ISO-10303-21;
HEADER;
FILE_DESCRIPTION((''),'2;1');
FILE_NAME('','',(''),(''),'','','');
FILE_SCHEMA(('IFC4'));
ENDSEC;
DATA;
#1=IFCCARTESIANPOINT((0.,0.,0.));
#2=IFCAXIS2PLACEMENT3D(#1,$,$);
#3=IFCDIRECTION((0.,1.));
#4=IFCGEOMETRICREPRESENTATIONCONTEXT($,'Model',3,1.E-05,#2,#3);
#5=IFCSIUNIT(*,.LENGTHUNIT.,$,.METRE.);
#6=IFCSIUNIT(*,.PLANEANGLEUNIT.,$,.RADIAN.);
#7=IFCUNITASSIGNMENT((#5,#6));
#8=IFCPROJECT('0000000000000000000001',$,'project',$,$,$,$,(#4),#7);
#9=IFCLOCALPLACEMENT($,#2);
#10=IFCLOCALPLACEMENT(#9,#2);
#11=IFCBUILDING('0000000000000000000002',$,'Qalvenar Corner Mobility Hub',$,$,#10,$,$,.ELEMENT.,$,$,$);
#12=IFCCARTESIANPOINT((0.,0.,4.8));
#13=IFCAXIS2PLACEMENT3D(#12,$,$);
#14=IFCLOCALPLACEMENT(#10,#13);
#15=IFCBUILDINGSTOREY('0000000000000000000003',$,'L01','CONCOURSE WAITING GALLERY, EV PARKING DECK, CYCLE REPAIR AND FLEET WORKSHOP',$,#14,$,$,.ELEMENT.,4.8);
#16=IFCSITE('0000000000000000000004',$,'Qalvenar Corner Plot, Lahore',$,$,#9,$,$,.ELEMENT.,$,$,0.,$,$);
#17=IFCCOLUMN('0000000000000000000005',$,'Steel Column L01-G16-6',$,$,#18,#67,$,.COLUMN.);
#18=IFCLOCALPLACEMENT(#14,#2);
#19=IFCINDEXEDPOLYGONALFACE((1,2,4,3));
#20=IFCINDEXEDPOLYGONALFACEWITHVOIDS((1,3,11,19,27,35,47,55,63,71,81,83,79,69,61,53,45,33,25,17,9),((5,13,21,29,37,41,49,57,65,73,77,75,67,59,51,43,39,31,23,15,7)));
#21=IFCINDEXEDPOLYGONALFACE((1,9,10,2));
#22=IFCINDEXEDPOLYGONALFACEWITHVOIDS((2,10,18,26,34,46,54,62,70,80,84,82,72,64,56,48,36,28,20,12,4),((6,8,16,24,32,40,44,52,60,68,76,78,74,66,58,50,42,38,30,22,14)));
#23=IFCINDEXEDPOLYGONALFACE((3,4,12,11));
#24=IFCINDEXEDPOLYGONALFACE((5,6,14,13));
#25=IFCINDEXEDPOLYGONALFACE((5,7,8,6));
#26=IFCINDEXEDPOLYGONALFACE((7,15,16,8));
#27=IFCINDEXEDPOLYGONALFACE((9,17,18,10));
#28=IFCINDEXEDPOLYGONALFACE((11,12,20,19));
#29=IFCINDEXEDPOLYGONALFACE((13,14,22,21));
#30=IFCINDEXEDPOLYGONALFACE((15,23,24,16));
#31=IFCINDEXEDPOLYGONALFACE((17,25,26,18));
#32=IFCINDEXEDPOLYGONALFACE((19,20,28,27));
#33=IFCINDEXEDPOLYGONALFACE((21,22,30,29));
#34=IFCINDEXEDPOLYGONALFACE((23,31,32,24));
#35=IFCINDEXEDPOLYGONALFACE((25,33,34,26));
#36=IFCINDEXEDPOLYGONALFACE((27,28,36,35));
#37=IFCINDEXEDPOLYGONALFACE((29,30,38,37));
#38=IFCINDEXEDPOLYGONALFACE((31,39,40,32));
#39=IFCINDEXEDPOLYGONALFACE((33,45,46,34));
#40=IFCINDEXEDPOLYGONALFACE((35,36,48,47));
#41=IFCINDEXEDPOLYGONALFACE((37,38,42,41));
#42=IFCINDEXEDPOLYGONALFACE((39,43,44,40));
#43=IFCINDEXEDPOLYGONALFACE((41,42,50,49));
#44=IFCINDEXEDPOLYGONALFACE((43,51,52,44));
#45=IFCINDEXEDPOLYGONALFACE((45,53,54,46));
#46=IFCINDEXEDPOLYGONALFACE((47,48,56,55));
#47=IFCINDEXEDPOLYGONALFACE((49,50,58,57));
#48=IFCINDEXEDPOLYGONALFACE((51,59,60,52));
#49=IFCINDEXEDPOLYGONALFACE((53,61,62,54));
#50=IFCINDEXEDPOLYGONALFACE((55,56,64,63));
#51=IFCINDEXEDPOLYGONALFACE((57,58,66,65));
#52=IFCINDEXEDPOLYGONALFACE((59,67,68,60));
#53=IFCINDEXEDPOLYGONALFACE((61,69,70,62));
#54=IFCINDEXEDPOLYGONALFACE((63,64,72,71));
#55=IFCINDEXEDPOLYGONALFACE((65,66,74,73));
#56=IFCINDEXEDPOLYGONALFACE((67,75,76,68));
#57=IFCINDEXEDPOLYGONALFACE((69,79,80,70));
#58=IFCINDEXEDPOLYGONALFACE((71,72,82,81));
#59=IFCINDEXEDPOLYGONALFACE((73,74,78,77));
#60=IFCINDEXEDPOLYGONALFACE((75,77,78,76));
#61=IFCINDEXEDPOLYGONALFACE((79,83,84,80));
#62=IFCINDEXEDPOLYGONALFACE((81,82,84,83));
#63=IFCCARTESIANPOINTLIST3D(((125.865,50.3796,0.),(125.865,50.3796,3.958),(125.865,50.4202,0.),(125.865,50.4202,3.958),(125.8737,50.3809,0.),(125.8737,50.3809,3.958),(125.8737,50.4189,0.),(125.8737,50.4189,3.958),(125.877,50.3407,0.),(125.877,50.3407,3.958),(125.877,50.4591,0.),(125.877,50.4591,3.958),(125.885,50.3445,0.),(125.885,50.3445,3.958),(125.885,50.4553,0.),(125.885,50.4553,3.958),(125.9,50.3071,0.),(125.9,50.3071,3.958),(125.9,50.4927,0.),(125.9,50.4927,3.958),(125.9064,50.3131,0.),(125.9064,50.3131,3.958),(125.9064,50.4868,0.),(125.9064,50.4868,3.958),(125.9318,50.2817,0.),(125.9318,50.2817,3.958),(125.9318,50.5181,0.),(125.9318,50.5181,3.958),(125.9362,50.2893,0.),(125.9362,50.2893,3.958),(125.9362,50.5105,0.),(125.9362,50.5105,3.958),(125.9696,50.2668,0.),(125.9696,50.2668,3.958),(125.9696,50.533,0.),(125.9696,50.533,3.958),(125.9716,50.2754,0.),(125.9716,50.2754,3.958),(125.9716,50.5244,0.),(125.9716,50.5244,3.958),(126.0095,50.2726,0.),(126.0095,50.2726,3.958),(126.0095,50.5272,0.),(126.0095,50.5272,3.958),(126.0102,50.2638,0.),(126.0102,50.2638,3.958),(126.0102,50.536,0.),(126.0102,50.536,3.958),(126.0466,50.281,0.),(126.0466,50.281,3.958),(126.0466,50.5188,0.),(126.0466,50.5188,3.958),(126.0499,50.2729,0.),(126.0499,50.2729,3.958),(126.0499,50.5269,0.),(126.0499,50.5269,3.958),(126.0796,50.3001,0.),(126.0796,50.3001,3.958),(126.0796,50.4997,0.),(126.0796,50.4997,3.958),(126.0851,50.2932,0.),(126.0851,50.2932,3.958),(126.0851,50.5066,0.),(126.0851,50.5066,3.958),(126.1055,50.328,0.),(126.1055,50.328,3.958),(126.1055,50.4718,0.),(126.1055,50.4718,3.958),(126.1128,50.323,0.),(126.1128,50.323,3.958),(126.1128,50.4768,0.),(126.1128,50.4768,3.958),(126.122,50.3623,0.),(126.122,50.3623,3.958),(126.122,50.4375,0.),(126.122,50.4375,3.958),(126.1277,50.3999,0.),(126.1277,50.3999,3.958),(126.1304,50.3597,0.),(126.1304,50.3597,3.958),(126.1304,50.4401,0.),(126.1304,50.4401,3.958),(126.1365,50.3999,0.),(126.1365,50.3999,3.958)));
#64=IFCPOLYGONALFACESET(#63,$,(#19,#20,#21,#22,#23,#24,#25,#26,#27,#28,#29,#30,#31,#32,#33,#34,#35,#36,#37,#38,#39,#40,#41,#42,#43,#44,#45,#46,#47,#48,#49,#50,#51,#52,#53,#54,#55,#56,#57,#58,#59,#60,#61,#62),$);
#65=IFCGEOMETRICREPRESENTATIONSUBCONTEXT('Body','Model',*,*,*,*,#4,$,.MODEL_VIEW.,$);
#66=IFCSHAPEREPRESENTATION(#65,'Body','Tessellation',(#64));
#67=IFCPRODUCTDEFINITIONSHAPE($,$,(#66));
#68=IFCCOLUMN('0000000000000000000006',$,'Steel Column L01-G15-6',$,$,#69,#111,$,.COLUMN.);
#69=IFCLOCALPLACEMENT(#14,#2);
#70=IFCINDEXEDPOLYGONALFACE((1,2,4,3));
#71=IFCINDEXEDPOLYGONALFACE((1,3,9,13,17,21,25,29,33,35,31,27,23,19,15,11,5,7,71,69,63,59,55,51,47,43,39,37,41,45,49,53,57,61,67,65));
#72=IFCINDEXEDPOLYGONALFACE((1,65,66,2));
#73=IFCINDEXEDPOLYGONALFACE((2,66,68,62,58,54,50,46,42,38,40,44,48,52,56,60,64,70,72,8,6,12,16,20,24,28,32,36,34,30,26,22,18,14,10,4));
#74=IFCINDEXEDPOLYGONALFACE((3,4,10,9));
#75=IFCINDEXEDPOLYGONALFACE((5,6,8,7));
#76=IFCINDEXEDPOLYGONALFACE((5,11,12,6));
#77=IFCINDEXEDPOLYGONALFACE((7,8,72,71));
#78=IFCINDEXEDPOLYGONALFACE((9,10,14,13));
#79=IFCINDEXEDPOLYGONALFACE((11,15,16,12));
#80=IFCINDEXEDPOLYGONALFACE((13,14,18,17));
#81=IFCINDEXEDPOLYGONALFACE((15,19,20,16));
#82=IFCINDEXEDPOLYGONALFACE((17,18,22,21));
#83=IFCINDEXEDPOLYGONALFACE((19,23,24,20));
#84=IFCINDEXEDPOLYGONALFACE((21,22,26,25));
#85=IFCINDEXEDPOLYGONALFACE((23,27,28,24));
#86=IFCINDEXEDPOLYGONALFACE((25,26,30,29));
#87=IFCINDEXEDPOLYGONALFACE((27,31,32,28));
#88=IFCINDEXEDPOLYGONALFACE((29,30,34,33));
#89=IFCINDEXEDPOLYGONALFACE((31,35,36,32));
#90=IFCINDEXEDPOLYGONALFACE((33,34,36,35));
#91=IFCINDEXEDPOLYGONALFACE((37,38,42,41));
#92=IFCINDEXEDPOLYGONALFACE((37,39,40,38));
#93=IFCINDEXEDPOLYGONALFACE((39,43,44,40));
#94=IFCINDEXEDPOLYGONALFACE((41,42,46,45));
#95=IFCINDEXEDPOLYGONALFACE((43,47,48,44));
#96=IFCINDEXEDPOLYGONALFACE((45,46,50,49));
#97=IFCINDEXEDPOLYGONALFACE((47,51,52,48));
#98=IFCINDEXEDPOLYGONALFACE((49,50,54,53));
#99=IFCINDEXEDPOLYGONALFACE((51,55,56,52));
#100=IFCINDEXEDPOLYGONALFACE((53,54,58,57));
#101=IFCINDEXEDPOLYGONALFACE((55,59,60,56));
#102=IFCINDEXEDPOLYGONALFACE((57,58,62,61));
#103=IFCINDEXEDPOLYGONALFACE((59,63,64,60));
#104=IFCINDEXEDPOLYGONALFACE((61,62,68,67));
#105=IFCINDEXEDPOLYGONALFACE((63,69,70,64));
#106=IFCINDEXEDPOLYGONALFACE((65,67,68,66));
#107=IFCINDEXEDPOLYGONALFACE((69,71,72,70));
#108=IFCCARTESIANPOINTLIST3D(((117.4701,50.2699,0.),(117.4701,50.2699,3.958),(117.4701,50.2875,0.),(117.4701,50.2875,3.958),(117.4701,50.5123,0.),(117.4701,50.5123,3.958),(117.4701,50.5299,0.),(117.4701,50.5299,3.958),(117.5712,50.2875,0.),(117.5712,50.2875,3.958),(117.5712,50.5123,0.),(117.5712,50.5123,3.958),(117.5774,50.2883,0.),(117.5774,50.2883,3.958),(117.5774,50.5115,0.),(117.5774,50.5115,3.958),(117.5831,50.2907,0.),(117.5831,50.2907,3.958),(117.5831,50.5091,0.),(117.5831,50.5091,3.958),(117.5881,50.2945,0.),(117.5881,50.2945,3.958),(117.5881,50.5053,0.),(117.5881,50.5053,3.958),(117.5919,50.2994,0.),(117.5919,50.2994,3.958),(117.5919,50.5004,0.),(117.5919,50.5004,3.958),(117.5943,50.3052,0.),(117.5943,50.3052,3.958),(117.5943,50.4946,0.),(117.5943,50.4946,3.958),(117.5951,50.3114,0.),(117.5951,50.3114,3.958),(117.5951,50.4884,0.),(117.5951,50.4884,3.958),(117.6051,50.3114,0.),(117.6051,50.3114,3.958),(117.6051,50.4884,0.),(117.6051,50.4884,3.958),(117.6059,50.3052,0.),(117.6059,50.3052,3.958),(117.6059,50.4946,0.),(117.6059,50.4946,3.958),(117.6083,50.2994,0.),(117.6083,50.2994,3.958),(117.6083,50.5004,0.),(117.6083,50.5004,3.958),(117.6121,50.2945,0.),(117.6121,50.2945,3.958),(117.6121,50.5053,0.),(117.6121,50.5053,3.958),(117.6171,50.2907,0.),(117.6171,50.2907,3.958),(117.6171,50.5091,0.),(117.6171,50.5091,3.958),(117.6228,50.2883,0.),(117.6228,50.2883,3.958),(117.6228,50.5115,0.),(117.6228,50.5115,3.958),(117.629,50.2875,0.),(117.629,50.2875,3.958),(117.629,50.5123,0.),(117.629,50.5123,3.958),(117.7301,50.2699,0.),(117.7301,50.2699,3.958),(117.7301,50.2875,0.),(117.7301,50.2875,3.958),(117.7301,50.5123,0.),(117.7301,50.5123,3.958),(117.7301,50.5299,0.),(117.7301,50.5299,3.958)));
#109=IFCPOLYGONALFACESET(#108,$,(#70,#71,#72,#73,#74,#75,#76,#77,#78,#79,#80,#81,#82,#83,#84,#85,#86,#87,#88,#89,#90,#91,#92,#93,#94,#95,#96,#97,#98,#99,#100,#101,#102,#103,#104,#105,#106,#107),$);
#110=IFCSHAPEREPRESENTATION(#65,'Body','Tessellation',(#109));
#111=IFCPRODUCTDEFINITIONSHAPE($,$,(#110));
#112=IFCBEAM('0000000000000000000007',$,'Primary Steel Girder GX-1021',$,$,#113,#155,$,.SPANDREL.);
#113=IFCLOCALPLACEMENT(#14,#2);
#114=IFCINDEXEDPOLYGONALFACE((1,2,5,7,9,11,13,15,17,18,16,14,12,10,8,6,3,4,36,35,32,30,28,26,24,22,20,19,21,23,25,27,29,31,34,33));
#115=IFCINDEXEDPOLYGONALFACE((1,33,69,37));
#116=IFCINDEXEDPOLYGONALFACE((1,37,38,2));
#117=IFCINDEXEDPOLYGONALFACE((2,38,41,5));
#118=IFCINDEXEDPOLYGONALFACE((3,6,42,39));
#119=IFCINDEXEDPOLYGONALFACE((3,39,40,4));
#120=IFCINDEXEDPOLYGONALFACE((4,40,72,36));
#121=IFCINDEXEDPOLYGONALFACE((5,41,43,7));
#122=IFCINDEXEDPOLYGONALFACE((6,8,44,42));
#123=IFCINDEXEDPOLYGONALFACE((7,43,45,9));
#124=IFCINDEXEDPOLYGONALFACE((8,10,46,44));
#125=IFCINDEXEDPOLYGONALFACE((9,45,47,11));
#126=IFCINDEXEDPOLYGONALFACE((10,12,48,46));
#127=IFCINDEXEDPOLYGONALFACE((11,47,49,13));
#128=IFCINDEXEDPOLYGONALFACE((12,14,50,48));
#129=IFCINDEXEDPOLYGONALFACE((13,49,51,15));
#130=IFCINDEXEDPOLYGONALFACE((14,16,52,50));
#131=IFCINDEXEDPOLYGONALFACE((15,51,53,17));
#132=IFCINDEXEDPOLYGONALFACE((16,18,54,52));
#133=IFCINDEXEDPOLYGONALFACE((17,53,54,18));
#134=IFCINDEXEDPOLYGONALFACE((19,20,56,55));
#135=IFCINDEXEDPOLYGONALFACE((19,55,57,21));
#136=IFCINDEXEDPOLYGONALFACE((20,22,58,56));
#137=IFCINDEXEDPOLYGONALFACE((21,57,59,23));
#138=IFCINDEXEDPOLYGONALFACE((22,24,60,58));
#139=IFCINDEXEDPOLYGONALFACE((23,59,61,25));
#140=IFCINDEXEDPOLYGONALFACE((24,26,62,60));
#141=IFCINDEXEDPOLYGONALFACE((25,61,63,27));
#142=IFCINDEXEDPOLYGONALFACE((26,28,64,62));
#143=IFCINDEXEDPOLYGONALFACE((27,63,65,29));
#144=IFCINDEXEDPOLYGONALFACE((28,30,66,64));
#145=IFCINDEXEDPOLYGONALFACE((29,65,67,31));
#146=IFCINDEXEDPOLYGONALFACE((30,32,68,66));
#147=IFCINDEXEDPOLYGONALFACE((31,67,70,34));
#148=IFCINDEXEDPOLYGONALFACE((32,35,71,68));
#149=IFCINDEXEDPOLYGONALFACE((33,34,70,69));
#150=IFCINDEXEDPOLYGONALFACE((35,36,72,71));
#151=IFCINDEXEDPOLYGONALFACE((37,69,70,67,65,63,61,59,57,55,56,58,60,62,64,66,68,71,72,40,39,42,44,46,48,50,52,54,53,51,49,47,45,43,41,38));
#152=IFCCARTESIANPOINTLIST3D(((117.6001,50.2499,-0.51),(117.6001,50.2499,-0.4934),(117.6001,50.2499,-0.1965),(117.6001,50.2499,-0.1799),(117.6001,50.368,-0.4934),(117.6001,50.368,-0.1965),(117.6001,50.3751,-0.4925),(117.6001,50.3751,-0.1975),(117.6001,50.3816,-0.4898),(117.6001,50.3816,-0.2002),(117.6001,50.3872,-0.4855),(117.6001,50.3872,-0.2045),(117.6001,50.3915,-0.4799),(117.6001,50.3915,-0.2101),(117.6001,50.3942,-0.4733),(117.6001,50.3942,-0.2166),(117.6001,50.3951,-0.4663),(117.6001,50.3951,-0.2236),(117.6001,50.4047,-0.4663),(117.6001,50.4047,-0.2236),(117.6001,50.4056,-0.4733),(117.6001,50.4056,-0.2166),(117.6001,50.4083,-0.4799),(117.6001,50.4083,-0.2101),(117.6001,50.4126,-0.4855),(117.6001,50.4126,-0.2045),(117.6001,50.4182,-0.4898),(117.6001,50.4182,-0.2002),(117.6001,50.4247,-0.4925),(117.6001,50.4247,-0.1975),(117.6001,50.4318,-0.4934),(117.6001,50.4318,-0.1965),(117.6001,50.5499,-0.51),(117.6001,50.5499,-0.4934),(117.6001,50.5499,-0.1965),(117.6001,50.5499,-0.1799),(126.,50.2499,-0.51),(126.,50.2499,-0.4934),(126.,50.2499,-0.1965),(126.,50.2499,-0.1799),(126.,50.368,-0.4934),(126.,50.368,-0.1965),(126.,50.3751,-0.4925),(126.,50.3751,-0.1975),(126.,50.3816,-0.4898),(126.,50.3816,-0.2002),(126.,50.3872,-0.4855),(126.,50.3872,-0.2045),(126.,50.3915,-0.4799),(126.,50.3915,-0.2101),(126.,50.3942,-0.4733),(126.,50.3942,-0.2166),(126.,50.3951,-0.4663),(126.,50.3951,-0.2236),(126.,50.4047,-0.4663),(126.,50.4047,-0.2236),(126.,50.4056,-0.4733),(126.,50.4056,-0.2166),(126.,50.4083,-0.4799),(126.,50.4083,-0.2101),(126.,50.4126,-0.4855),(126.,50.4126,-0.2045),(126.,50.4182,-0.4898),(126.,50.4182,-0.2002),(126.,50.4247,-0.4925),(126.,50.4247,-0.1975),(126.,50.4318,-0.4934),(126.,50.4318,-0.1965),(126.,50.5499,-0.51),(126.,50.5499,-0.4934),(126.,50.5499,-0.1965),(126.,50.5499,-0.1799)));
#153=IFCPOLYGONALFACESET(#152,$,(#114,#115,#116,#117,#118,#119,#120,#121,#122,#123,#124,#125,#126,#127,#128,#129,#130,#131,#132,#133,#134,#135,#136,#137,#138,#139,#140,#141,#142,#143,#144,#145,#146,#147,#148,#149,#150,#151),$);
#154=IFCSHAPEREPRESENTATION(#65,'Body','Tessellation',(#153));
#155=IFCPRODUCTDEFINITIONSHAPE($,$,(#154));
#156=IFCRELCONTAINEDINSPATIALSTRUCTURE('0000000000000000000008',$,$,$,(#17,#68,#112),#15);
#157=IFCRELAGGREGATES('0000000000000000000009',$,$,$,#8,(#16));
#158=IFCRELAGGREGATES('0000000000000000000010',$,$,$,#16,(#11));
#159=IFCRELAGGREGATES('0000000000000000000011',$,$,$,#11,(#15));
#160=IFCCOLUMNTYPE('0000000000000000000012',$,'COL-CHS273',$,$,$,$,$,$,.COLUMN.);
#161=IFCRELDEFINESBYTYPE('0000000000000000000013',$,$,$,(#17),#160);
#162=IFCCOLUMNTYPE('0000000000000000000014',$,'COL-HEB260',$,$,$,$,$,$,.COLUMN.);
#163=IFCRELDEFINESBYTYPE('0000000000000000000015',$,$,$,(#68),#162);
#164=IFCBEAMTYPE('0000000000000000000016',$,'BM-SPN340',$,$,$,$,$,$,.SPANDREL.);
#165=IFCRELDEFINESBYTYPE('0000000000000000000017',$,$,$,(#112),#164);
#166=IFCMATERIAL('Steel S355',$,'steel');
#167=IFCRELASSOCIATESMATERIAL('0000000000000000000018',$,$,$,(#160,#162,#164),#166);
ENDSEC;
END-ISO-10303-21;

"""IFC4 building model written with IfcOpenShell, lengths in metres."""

from ifc_helpers import new_model, si_unit, direction, frame, origin, origin_2d, place, context, subcontext, project, spatial, hollow_circle, i_section, extrude, material, material_profile, profile_set, type_object, element, save


model = new_model("IFC4")

# Units and contexts
model_context = context("Model", 3, precision=1e-05, world=origin(), true_north=direction((0.0, 1.0)))
body_context = subcontext(model_context, "Body", "Model", "MODEL_VIEW")
ifc_project = project(units=[si_unit("LENGTHUNIT", "METRE"), si_unit("PLANEANGLEUNIT", "RADIAN")], contexts=[model_context])

# Site, building, storey
site_placement = place(None, origin())
site = spatial("IfcSite", under=ifc_project, at=site_placement, Name="Qalvenar Corner Plot, Lahore", CompositionType="ELEMENT", RefElevation=0.0)
building_placement = place(site_placement, origin())
building = spatial("IfcBuilding", under=site, at=building_placement, Name="Qalvenar Corner Mobility Hub", CompositionType="ELEMENT")
storey_placement = place(building_placement, frame((0.0, 0.0, 4.8)))
storey = spatial("IfcBuildingStorey", under=building, at=storey_placement, Name="L01", Description="CONCOURSE WAITING GALLERY, EV PARKING DECK, CYCLE REPAIR AND FLEET WORKSHOP", CompositionType="ELEMENT", Elevation=4.8)

# Columns
ifc_material_1 = material(Name="Steel S355", Category="steel")
ifc_material_profile_1 = material_profile(ifc_material_1, hollow_circle(Radius=0.1365, WallThickness=0.0088, at=origin_2d()), Name="CHS273x8.8")
ifc_profile_set_1 = profile_set([ifc_material_profile_1], Name="Steel S355")
column_type_1 = type_object("IfcColumnType", Name="COL-CHS273", PredefinedType="COLUMN", material=ifc_profile_set_1)
column_1_placement = place(storey_placement, frame((126.0, 50.3999, 0.0), z_axis=(0.0, 0.0, 1.0), x_axis=(1.0, 0.0, 0.0)))
element("IfcColumn", 1, at=column_1_placement, inside=storey, type_object=column_type_1, Name="Steel Column L01-G16-6", PredefinedType="COLUMN", context=body_context, shape_type="SweptSolid", body=[
    extrude(hollow_circle(Radius=0.1365, WallThickness=0.0088, at=origin_2d()), origin(), (0.0, 0.0, 1.0), 3.958),
])
ifc_material_profile_2 = material_profile(ifc_material_1, i_section(OverallWidth=0.26, OverallDepth=0.26, WebThickness=0.01, FlangeThickness=0.0176, FilletRadius=0.0239, at=origin_2d()), Name="HEB260")
ifc_profile_set_2 = profile_set([ifc_material_profile_2], Name="Steel S355")
column_type_2 = type_object("IfcColumnType", Name="COL-HEB260", PredefinedType="COLUMN", material=ifc_profile_set_2)
column_2_placement = place(storey_placement, frame((117.6001, 50.3999, 0.0), z_axis=(0.0, 0.0, 1.0), x_axis=(1.0, 0.0, 0.0)))
element("IfcColumn", 2, at=column_2_placement, inside=storey, type_object=column_type_2, Name="Steel Column L01-G15-6", PredefinedType="COLUMN", context=body_context, shape_type="SweptSolid", body=[
    extrude(i_section(OverallWidth=0.26, OverallDepth=0.26, WebThickness=0.01, FlangeThickness=0.0176, FilletRadius=0.0239, at=origin_2d()), origin(), (0.0, 0.0, 1.0), 3.958),
])

# Beam
ifc_material_profile_3 = material_profile(ifc_material_1, i_section(OverallWidth=0.3, OverallDepth=0.3301, WebThickness=0.0095, FlangeThickness=0.0166, FilletRadius=0.0271, at=origin_2d()), Name="HEA340")
ifc_profile_set_3 = profile_set([ifc_material_profile_3], Name="Steel S355")
beam_type = type_object("IfcBeamType", Name="BM-SPN340", PredefinedType="SPANDREL", material=ifc_profile_set_3)
beam_placement = place(storey_placement, frame((117.6001, 50.3999, -0.345), z_axis=(1.0, 0.0, 0.0), x_axis=(0.0, 1.0, 0.0)))
element("IfcBeam", 3, at=beam_placement, inside=storey, type_object=beam_type, Name="Primary Steel Girder GX-1021", PredefinedType="SPANDREL", context=body_context, shape_type="SweptSolid", body=[
    extrude(i_section(OverallWidth=0.3, OverallDepth=0.3301, WebThickness=0.0095, FlangeThickness=0.0166, FilletRadius=0.0271, at=origin_2d()), origin(), (0.0, 0.0, 1.0), 8.3999),
])

save(model, "model.ifc")
